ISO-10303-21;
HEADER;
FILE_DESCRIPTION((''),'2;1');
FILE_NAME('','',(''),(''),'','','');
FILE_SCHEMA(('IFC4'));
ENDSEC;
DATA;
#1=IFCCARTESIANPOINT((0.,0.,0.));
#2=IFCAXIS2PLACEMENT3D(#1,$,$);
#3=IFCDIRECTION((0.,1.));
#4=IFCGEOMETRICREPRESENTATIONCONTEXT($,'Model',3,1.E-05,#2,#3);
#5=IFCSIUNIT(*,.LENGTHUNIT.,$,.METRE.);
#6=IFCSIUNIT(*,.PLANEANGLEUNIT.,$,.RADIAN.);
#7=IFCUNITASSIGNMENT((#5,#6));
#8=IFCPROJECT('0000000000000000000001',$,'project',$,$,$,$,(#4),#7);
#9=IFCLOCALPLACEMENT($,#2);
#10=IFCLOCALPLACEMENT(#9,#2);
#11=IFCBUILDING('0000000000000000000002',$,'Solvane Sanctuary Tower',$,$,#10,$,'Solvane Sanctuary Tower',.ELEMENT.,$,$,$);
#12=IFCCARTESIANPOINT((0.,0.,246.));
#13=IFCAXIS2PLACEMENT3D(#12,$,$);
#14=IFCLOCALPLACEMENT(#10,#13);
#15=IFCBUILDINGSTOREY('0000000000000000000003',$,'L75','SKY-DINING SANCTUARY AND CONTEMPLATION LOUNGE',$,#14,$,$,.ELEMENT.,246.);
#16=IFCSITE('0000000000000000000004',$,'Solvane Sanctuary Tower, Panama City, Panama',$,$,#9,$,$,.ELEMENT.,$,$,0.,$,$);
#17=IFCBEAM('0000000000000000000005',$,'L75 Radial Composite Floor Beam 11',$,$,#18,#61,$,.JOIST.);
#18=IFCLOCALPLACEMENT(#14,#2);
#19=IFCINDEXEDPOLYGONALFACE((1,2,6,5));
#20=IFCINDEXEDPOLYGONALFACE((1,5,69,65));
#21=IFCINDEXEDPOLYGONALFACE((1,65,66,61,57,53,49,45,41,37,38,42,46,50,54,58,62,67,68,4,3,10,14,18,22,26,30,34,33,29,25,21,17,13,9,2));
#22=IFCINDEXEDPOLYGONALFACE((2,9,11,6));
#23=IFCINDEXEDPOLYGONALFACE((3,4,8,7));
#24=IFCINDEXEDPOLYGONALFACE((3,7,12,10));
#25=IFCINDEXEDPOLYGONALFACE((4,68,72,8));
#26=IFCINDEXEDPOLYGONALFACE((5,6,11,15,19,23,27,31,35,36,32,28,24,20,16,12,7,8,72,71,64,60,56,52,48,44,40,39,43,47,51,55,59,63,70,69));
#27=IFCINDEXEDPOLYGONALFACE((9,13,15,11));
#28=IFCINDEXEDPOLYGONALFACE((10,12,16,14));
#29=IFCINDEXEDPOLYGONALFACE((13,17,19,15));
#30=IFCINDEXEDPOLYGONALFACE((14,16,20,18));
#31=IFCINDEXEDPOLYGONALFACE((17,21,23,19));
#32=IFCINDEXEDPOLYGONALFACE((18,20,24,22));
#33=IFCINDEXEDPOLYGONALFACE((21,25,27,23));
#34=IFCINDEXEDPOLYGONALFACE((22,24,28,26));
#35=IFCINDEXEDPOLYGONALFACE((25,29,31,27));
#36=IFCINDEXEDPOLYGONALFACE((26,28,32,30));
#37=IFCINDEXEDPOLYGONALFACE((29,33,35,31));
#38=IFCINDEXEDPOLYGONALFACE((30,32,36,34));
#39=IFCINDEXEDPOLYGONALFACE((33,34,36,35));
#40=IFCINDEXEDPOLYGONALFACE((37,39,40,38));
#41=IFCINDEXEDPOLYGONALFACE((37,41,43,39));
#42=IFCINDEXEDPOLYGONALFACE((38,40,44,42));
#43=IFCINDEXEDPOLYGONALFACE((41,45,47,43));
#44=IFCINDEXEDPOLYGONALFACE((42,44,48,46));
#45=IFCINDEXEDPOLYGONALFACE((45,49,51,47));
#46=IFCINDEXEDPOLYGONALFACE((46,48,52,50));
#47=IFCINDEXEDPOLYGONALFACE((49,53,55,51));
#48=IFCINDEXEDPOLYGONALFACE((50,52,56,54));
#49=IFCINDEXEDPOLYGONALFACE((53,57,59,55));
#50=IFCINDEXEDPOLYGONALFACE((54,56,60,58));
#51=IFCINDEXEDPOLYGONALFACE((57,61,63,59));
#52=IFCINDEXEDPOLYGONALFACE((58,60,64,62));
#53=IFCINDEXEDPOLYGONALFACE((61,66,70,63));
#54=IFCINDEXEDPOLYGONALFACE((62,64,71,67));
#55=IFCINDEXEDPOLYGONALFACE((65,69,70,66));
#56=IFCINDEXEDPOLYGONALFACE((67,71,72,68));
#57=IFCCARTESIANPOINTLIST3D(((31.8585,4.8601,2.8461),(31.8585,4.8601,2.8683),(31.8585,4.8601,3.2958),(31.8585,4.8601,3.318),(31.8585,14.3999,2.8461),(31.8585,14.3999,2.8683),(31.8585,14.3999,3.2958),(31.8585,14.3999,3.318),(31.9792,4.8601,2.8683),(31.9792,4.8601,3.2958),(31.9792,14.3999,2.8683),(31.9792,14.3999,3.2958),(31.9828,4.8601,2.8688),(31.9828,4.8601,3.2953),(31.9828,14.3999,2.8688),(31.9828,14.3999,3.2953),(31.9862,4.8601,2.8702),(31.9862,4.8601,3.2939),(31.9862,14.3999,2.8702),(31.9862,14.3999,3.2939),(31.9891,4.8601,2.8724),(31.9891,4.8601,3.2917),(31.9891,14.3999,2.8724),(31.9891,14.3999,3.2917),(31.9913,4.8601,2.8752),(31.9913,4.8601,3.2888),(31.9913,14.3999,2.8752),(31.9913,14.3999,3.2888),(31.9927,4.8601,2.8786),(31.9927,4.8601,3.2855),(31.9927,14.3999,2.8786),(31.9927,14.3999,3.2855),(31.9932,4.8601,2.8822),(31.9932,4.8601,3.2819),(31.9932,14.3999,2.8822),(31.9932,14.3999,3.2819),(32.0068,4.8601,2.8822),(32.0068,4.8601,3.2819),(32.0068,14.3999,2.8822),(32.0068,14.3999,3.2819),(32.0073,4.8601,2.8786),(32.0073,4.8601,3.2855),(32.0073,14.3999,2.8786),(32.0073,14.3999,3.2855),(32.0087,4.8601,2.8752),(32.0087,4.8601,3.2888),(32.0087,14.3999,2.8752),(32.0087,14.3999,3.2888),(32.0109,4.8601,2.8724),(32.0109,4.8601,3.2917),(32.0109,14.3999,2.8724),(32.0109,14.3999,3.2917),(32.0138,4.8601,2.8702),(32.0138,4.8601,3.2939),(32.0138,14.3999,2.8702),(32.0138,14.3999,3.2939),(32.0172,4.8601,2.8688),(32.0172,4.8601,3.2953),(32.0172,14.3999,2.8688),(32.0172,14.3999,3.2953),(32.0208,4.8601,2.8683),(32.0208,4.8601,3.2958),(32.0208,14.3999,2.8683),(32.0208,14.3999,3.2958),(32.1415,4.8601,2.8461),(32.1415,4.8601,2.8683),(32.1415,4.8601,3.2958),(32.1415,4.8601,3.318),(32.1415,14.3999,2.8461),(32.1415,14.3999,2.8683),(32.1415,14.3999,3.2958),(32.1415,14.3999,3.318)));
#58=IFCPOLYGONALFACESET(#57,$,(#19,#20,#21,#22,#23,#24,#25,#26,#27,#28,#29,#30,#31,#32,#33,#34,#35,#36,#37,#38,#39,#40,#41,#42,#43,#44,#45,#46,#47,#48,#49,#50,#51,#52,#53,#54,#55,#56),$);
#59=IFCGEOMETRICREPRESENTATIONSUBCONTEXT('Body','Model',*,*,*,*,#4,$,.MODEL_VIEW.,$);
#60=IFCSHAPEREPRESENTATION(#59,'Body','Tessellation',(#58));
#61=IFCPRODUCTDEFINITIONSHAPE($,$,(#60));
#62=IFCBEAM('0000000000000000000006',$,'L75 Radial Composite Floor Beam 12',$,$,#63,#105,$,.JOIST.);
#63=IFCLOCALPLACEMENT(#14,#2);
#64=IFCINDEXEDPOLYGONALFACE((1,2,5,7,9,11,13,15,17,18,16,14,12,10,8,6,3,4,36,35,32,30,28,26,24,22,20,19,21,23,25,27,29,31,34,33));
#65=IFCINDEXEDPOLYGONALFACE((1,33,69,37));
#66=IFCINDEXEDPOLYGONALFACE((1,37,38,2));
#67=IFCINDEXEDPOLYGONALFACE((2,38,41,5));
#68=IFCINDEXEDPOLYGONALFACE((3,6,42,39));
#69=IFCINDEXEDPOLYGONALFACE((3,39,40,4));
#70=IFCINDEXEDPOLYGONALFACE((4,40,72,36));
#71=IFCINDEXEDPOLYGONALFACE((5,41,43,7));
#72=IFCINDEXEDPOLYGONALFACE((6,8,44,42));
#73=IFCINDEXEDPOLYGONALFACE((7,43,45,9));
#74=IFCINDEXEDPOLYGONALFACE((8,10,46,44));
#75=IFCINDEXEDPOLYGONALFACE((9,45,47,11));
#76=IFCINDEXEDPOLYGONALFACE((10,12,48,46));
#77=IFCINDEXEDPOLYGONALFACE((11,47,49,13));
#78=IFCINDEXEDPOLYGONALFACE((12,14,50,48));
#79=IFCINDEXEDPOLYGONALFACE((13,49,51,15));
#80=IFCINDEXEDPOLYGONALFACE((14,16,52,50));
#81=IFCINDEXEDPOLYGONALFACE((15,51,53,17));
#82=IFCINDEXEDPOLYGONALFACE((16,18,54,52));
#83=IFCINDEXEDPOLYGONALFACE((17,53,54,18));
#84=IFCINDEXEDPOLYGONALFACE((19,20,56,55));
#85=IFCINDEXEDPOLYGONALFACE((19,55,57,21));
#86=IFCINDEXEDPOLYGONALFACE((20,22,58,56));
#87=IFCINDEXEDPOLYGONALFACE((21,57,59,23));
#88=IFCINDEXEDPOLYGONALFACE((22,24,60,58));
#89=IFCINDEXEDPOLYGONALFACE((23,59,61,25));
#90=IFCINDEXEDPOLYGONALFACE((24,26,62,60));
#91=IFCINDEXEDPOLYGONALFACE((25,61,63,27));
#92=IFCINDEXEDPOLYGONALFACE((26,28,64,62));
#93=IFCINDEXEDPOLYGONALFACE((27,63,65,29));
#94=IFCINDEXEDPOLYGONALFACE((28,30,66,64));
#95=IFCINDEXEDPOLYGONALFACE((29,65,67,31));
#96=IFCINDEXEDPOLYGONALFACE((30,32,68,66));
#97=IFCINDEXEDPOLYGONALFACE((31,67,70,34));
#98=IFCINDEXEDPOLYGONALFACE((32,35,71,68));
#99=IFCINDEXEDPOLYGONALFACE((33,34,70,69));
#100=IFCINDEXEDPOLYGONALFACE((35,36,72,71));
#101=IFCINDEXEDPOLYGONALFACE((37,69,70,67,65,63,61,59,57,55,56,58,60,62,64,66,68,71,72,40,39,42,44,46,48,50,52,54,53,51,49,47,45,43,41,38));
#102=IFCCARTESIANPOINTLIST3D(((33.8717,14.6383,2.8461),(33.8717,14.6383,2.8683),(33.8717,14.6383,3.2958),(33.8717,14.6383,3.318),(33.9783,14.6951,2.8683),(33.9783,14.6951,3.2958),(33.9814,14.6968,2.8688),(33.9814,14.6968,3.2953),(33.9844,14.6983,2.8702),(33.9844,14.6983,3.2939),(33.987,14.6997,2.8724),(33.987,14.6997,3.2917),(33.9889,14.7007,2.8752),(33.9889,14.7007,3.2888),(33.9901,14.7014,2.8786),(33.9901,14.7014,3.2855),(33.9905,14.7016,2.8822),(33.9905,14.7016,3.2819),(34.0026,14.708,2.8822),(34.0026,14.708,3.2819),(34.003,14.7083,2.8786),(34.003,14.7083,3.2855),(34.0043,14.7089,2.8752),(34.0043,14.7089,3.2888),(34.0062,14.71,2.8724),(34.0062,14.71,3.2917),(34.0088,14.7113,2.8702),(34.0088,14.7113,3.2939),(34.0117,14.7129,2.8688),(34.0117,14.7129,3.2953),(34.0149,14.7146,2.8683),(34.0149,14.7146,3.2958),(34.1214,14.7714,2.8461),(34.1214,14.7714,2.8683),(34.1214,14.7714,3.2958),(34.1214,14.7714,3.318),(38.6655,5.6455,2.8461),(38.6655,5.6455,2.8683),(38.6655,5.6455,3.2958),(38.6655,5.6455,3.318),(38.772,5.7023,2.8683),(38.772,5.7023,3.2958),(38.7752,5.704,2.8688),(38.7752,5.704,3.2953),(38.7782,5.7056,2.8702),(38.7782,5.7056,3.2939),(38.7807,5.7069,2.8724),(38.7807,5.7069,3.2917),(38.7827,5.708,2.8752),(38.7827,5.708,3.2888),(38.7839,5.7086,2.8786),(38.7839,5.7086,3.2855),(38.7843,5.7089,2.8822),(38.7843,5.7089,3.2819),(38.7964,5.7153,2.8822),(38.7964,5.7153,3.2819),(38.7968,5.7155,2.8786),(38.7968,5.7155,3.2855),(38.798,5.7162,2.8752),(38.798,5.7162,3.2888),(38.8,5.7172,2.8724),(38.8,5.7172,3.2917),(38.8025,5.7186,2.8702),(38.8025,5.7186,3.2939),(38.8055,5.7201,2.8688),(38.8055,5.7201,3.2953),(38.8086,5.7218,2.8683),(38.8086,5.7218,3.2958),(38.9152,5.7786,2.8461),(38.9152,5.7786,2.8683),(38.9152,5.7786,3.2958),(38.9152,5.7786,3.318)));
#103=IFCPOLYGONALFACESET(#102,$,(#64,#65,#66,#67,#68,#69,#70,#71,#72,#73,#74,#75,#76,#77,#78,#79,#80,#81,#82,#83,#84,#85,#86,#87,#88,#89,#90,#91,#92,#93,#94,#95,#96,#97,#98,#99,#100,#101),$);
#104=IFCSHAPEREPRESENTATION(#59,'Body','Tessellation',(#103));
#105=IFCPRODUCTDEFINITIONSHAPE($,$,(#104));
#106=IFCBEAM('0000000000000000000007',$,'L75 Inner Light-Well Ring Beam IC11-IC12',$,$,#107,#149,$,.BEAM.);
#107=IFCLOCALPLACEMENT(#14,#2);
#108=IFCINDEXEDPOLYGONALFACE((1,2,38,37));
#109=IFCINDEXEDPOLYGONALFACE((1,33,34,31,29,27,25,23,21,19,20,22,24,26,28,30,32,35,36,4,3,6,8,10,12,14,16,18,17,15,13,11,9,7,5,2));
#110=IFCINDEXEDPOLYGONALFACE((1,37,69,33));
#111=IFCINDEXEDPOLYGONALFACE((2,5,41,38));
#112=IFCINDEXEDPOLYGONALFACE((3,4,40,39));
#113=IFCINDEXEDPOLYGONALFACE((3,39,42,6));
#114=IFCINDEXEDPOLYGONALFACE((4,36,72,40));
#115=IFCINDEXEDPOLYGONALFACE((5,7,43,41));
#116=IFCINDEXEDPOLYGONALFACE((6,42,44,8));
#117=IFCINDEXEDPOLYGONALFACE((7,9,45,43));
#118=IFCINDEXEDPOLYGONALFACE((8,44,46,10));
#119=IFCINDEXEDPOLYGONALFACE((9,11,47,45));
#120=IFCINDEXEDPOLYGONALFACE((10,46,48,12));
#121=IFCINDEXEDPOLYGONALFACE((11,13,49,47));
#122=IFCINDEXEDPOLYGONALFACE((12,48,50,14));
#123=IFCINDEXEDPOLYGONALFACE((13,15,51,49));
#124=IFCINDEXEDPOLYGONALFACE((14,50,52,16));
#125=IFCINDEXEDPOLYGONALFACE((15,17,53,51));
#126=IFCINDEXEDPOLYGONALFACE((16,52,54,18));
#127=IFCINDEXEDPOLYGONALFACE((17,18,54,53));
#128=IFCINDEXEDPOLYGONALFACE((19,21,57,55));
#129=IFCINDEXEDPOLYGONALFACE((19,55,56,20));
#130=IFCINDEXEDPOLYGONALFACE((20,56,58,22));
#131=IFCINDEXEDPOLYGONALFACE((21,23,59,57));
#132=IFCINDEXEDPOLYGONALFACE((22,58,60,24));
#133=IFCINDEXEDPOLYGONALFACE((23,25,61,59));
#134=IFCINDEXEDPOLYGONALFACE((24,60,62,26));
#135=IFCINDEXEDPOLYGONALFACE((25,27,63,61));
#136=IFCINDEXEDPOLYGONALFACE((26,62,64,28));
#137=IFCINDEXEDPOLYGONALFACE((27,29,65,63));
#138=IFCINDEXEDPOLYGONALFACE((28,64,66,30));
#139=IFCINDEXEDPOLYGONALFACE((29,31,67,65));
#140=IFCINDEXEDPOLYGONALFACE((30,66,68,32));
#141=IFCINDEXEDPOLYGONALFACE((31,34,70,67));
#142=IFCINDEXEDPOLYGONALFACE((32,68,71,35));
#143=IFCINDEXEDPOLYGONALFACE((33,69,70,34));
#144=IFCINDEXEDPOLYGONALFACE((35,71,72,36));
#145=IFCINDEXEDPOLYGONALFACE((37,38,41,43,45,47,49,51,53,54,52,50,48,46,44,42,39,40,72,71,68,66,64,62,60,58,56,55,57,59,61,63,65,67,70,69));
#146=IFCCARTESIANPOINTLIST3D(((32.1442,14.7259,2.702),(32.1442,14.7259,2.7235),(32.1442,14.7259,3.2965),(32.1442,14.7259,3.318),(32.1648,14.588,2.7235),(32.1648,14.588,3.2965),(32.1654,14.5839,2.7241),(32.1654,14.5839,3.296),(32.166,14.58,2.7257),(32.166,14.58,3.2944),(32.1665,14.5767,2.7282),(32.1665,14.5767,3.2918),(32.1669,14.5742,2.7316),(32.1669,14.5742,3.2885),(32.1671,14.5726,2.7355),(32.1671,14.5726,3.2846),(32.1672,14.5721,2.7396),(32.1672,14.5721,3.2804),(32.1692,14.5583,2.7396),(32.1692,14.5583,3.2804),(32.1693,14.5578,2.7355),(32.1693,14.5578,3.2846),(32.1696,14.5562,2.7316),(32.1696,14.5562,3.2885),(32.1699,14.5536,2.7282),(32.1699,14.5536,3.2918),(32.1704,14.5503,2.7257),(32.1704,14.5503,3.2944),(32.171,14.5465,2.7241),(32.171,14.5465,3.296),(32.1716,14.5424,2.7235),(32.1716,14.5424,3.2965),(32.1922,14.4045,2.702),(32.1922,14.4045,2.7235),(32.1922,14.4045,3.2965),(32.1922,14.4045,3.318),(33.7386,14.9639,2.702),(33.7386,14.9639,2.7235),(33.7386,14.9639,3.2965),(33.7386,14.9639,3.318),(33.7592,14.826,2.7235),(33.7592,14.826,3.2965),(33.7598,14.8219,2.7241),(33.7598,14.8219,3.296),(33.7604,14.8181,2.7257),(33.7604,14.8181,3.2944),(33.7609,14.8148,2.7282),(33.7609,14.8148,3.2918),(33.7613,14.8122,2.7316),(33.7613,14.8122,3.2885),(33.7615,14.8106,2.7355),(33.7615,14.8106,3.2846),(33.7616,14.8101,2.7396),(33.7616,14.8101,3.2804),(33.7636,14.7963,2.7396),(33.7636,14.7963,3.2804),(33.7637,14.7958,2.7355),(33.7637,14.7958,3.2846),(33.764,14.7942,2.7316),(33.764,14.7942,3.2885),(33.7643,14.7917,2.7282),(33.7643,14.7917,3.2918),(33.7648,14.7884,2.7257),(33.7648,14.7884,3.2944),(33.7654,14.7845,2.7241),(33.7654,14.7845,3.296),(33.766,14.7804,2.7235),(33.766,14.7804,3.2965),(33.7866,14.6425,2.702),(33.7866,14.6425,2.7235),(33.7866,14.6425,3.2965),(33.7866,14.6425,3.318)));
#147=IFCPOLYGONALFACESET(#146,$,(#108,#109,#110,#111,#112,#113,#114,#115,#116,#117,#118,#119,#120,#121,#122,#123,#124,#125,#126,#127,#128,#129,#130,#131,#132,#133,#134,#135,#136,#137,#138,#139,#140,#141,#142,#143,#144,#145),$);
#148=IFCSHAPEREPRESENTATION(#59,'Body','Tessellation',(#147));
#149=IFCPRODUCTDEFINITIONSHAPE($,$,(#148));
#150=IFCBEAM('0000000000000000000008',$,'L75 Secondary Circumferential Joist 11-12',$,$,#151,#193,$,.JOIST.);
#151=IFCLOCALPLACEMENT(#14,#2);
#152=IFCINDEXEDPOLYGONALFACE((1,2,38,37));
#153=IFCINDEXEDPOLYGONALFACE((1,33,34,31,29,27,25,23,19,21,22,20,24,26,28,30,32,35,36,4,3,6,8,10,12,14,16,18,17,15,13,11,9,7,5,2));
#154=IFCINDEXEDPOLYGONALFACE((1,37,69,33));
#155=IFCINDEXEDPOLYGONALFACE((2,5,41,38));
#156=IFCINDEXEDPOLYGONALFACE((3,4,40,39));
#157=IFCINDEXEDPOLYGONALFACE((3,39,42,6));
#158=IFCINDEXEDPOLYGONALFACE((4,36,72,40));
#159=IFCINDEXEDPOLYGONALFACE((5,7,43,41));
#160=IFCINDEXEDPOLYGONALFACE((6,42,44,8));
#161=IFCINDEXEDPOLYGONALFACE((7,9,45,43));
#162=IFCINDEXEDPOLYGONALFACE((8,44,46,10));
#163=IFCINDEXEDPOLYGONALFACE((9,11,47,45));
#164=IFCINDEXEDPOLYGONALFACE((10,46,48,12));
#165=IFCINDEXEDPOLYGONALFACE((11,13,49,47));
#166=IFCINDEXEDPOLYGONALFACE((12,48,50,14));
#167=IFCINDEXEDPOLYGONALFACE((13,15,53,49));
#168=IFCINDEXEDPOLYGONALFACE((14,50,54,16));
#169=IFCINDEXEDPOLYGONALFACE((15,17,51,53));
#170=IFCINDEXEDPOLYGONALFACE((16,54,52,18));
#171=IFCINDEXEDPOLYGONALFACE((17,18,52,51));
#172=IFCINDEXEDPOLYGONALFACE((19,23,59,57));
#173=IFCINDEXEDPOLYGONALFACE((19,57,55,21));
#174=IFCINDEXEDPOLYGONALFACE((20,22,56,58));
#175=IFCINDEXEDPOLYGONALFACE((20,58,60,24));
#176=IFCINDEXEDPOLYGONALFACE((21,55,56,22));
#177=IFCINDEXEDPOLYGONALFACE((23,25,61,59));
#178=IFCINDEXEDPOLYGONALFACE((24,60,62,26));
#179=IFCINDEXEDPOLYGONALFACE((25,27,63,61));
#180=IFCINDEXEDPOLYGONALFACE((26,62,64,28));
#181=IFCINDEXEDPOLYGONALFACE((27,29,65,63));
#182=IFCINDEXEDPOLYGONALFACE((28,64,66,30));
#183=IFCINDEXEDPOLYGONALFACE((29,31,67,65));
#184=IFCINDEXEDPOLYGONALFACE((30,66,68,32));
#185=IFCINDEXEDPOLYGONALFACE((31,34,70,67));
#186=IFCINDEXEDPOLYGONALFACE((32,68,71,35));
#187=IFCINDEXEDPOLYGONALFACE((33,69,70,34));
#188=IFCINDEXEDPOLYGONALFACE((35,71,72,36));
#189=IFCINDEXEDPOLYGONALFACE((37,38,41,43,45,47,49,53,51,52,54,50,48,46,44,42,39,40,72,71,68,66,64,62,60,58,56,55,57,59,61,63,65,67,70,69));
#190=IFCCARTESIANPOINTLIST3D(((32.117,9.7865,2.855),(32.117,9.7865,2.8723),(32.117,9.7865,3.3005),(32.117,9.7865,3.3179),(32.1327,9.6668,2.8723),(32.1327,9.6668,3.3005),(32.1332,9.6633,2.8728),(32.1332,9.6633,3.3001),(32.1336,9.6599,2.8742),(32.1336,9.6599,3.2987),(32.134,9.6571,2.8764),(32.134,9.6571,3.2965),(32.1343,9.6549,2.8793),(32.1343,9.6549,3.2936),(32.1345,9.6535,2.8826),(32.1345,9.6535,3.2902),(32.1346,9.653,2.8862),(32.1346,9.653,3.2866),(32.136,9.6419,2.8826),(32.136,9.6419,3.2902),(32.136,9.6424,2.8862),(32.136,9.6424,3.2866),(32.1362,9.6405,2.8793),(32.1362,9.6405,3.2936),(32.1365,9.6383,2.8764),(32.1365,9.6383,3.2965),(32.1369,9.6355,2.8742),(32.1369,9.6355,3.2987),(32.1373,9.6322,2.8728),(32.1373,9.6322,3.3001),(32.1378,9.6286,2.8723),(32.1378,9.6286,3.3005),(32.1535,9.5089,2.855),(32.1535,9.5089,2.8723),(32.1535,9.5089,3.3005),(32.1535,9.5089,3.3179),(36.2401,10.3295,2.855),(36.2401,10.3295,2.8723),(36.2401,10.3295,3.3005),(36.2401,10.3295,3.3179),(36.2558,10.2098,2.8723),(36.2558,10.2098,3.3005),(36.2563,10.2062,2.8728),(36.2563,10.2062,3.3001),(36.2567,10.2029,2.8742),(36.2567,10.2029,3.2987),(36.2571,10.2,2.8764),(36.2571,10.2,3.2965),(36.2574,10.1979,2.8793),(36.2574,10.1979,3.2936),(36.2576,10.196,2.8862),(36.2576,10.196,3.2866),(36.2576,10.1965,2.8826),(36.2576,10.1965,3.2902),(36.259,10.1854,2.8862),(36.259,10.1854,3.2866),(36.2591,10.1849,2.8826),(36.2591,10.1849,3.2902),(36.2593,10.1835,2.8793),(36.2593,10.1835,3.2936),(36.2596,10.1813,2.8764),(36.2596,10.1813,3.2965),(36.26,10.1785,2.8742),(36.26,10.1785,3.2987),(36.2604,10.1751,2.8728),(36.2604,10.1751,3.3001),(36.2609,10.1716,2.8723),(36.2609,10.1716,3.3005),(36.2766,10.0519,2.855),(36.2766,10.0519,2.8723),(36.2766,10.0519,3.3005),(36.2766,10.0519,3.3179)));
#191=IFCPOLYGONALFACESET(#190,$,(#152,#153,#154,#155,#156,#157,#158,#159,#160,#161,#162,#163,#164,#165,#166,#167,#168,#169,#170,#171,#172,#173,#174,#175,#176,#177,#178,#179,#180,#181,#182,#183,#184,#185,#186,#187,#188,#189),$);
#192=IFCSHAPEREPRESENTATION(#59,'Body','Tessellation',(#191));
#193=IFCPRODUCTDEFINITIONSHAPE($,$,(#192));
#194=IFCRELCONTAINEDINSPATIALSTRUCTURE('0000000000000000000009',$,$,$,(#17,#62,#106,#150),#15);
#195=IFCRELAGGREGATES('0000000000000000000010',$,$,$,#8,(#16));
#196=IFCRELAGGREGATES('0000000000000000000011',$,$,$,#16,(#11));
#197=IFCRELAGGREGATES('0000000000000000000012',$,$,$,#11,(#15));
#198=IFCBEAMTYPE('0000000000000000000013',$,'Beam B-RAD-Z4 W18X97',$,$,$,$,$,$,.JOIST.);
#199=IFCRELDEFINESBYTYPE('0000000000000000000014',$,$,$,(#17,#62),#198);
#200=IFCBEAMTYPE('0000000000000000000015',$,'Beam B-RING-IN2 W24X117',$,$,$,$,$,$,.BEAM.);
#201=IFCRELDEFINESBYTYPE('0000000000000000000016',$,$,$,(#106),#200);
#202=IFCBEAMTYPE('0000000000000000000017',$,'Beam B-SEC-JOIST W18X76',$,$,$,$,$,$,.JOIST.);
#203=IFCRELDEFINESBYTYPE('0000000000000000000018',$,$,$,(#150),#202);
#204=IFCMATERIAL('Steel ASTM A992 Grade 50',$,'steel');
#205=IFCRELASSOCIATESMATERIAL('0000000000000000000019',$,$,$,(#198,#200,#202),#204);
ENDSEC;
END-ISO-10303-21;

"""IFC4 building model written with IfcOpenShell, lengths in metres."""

from ifc_helpers import new_model, si_unit, direction, frame, origin, origin_2d, place, context, subcontext, project, spatial, i_section, extrude, material, material_profile, profile_set, type_object, element, save


model = new_model("IFC4")

# Units and contexts
model_context = context("Model", 3, precision=1e-05, world=origin(), true_north=direction((0.0, 1.0)))
body_context = subcontext(model_context, "Body", "Model", "MODEL_VIEW")
ifc_project = project(units=[si_unit("LENGTHUNIT", "METRE"), si_unit("PLANEANGLEUNIT", "RADIAN")], contexts=[model_context])

# Site, building, storey
site_placement = place(None, origin())
site = spatial("IfcSite", under=ifc_project, at=site_placement, Name="Solvane Sanctuary Tower, Panama City, Panama", CompositionType="ELEMENT", RefElevation=0.0)
building_placement = place(site_placement, origin())
building = spatial("IfcBuilding", under=site, at=building_placement, Name="Solvane Sanctuary Tower", LongName="Solvane Sanctuary Tower", CompositionType="ELEMENT")
storey_placement = place(building_placement, frame((0.0, 0.0, 246.0)))
storey = spatial("IfcBuildingStorey", under=building, at=storey_placement, Name="L75", Description="SKY-DINING SANCTUARY AND CONTEMPLATION LOUNGE", CompositionType="ELEMENT", Elevation=246.0)

# Beams
ifc_material_1 = material(Name="Steel ASTM A992 Grade 50", Category="steel")
ifc_material_profile_1 = material_profile(ifc_material_1, i_section(OverallWidth=0.283, OverallDepth=0.4719, WebThickness=0.0137, FlangeThickness=0.0222, FilletRadius=0.0139, at=origin_2d()), Name="W18X97")
ifc_profile_set_1 = profile_set([ifc_material_profile_1], Name="Steel ASTM A992 Grade 50")
beam_type_1 = type_object("IfcBeamType", Name="Beam B-RAD-Z4 W18X97", PredefinedType="JOIST", material=ifc_profile_set_1)
beam_1_placement = place(storey_placement, frame((32.0, 14.3999, 3.082), z_axis=(0.0, -1.0, 0.0), x_axis=(1.0, 0.0, 0.0)))
element("IfcBeam", 1, at=beam_1_placement, inside=storey, type_object=beam_type_1, Name="L75 Radial Composite Floor Beam 11", PredefinedType="JOIST", context=body_context, shape_type="SweptSolid", body=[
    extrude(i_section(OverallWidth=0.283, OverallDepth=0.4719, WebThickness=0.0137, FlangeThickness=0.0222, FilletRadius=0.0139, at=origin_2d()), origin(), (0.0, 0.0, 1.0), 9.5398),
])
beam_2_placement = place(storey_placement, frame((33.9966, 14.7048, 3.082), z_axis=(0.470405, -0.88245, 0.0), x_axis=(0.88245, 0.470405, 0.0)))
element("IfcBeam", 2, at=beam_2_placement, inside=storey, type_object=beam_type_1, Name="L75 Radial Composite Floor Beam 12", PredefinedType="JOIST", context=body_context, shape_type="SweptSolid", body=[
    extrude(i_section(OverallWidth=0.283, OverallDepth=0.4719, WebThickness=0.0137, FlangeThickness=0.0222, FilletRadius=0.0139, at=origin_2d()), origin(), (0.0, 0.0, 1.0), 10.1907),
])
ifc_material_profile_2 = material_profile(ifc_material_1, i_section(OverallWidth=0.325, OverallDepth=0.616, WebThickness=0.0139, FlangeThickness=0.0215, FilletRadius=0.0161, at=origin_2d()), Name="W24X117")
ifc_profile_set_2 = profile_set([ifc_material_profile_2], Name="Steel ASTM A992 Grade 50")
beam_type_2 = type_object("IfcBeamType", Name="Beam B-RING-IN2 W24X117", PredefinedType="BEAM", material=ifc_profile_set_2)
beam_3_placement = place(storey_placement, frame((32.1682, 14.5652, 3.01), z_axis=(0.989039, 0.147652, 0.0), x_axis=(-0.147652, 0.989039, 0.0)))
element("IfcBeam", 3, at=beam_3_placement, inside=storey, type_object=beam_type_2, Name="L75 Inner Light-Well Ring Beam IC11-IC12", PredefinedType="BEAM", context=body_context, shape_type="SweptSolid", body=[
    extrude(i_section(OverallWidth=0.325, OverallDepth=0.616, WebThickness=0.0139, FlangeThickness=0.0215, FilletRadius=0.0161, at=origin_2d()), origin(), (0.0, 0.0, 1.0), 1.6121),
])
ifc_material_profile_3 = material_profile(ifc_material_1, i_section(OverallWidth=0.28, OverallDepth=0.4629, WebThickness=0.0107, FlangeThickness=0.0173, FilletRadius=0.0139, at=origin_2d()), Name="W18X76")
ifc_profile_set_3 = profile_set([ifc_material_profile_3], Name="Steel ASTM A992 Grade 50")
beam_type_3 = type_object("IfcBeamType", Name="Beam B-SEC-JOIST W18X76", PredefinedType="JOIST", material=ifc_profile_set_3)
beam_4_placement = place(storey_placement, frame((32.1353, 9.6477, 3.0864), z_axis=(0.99144, 0.130564, 0.0), x_axis=(-0.130564, 0.99144, 0.0)))
element("IfcBeam", 4, at=beam_4_placement, inside=storey, type_object=beam_type_3, Name="L75 Secondary Circumferential Joist 11-12", PredefinedType="JOIST", context=body_context, shape_type="SweptSolid", body=[
    extrude(i_section(OverallWidth=0.28, OverallDepth=0.4629, WebThickness=0.0107, FlangeThickness=0.0173, FilletRadius=0.0139, at=origin_2d()), origin(), (0.0, 0.0, 1.0), 4.1587),
])

save(model, "model.ifc")
